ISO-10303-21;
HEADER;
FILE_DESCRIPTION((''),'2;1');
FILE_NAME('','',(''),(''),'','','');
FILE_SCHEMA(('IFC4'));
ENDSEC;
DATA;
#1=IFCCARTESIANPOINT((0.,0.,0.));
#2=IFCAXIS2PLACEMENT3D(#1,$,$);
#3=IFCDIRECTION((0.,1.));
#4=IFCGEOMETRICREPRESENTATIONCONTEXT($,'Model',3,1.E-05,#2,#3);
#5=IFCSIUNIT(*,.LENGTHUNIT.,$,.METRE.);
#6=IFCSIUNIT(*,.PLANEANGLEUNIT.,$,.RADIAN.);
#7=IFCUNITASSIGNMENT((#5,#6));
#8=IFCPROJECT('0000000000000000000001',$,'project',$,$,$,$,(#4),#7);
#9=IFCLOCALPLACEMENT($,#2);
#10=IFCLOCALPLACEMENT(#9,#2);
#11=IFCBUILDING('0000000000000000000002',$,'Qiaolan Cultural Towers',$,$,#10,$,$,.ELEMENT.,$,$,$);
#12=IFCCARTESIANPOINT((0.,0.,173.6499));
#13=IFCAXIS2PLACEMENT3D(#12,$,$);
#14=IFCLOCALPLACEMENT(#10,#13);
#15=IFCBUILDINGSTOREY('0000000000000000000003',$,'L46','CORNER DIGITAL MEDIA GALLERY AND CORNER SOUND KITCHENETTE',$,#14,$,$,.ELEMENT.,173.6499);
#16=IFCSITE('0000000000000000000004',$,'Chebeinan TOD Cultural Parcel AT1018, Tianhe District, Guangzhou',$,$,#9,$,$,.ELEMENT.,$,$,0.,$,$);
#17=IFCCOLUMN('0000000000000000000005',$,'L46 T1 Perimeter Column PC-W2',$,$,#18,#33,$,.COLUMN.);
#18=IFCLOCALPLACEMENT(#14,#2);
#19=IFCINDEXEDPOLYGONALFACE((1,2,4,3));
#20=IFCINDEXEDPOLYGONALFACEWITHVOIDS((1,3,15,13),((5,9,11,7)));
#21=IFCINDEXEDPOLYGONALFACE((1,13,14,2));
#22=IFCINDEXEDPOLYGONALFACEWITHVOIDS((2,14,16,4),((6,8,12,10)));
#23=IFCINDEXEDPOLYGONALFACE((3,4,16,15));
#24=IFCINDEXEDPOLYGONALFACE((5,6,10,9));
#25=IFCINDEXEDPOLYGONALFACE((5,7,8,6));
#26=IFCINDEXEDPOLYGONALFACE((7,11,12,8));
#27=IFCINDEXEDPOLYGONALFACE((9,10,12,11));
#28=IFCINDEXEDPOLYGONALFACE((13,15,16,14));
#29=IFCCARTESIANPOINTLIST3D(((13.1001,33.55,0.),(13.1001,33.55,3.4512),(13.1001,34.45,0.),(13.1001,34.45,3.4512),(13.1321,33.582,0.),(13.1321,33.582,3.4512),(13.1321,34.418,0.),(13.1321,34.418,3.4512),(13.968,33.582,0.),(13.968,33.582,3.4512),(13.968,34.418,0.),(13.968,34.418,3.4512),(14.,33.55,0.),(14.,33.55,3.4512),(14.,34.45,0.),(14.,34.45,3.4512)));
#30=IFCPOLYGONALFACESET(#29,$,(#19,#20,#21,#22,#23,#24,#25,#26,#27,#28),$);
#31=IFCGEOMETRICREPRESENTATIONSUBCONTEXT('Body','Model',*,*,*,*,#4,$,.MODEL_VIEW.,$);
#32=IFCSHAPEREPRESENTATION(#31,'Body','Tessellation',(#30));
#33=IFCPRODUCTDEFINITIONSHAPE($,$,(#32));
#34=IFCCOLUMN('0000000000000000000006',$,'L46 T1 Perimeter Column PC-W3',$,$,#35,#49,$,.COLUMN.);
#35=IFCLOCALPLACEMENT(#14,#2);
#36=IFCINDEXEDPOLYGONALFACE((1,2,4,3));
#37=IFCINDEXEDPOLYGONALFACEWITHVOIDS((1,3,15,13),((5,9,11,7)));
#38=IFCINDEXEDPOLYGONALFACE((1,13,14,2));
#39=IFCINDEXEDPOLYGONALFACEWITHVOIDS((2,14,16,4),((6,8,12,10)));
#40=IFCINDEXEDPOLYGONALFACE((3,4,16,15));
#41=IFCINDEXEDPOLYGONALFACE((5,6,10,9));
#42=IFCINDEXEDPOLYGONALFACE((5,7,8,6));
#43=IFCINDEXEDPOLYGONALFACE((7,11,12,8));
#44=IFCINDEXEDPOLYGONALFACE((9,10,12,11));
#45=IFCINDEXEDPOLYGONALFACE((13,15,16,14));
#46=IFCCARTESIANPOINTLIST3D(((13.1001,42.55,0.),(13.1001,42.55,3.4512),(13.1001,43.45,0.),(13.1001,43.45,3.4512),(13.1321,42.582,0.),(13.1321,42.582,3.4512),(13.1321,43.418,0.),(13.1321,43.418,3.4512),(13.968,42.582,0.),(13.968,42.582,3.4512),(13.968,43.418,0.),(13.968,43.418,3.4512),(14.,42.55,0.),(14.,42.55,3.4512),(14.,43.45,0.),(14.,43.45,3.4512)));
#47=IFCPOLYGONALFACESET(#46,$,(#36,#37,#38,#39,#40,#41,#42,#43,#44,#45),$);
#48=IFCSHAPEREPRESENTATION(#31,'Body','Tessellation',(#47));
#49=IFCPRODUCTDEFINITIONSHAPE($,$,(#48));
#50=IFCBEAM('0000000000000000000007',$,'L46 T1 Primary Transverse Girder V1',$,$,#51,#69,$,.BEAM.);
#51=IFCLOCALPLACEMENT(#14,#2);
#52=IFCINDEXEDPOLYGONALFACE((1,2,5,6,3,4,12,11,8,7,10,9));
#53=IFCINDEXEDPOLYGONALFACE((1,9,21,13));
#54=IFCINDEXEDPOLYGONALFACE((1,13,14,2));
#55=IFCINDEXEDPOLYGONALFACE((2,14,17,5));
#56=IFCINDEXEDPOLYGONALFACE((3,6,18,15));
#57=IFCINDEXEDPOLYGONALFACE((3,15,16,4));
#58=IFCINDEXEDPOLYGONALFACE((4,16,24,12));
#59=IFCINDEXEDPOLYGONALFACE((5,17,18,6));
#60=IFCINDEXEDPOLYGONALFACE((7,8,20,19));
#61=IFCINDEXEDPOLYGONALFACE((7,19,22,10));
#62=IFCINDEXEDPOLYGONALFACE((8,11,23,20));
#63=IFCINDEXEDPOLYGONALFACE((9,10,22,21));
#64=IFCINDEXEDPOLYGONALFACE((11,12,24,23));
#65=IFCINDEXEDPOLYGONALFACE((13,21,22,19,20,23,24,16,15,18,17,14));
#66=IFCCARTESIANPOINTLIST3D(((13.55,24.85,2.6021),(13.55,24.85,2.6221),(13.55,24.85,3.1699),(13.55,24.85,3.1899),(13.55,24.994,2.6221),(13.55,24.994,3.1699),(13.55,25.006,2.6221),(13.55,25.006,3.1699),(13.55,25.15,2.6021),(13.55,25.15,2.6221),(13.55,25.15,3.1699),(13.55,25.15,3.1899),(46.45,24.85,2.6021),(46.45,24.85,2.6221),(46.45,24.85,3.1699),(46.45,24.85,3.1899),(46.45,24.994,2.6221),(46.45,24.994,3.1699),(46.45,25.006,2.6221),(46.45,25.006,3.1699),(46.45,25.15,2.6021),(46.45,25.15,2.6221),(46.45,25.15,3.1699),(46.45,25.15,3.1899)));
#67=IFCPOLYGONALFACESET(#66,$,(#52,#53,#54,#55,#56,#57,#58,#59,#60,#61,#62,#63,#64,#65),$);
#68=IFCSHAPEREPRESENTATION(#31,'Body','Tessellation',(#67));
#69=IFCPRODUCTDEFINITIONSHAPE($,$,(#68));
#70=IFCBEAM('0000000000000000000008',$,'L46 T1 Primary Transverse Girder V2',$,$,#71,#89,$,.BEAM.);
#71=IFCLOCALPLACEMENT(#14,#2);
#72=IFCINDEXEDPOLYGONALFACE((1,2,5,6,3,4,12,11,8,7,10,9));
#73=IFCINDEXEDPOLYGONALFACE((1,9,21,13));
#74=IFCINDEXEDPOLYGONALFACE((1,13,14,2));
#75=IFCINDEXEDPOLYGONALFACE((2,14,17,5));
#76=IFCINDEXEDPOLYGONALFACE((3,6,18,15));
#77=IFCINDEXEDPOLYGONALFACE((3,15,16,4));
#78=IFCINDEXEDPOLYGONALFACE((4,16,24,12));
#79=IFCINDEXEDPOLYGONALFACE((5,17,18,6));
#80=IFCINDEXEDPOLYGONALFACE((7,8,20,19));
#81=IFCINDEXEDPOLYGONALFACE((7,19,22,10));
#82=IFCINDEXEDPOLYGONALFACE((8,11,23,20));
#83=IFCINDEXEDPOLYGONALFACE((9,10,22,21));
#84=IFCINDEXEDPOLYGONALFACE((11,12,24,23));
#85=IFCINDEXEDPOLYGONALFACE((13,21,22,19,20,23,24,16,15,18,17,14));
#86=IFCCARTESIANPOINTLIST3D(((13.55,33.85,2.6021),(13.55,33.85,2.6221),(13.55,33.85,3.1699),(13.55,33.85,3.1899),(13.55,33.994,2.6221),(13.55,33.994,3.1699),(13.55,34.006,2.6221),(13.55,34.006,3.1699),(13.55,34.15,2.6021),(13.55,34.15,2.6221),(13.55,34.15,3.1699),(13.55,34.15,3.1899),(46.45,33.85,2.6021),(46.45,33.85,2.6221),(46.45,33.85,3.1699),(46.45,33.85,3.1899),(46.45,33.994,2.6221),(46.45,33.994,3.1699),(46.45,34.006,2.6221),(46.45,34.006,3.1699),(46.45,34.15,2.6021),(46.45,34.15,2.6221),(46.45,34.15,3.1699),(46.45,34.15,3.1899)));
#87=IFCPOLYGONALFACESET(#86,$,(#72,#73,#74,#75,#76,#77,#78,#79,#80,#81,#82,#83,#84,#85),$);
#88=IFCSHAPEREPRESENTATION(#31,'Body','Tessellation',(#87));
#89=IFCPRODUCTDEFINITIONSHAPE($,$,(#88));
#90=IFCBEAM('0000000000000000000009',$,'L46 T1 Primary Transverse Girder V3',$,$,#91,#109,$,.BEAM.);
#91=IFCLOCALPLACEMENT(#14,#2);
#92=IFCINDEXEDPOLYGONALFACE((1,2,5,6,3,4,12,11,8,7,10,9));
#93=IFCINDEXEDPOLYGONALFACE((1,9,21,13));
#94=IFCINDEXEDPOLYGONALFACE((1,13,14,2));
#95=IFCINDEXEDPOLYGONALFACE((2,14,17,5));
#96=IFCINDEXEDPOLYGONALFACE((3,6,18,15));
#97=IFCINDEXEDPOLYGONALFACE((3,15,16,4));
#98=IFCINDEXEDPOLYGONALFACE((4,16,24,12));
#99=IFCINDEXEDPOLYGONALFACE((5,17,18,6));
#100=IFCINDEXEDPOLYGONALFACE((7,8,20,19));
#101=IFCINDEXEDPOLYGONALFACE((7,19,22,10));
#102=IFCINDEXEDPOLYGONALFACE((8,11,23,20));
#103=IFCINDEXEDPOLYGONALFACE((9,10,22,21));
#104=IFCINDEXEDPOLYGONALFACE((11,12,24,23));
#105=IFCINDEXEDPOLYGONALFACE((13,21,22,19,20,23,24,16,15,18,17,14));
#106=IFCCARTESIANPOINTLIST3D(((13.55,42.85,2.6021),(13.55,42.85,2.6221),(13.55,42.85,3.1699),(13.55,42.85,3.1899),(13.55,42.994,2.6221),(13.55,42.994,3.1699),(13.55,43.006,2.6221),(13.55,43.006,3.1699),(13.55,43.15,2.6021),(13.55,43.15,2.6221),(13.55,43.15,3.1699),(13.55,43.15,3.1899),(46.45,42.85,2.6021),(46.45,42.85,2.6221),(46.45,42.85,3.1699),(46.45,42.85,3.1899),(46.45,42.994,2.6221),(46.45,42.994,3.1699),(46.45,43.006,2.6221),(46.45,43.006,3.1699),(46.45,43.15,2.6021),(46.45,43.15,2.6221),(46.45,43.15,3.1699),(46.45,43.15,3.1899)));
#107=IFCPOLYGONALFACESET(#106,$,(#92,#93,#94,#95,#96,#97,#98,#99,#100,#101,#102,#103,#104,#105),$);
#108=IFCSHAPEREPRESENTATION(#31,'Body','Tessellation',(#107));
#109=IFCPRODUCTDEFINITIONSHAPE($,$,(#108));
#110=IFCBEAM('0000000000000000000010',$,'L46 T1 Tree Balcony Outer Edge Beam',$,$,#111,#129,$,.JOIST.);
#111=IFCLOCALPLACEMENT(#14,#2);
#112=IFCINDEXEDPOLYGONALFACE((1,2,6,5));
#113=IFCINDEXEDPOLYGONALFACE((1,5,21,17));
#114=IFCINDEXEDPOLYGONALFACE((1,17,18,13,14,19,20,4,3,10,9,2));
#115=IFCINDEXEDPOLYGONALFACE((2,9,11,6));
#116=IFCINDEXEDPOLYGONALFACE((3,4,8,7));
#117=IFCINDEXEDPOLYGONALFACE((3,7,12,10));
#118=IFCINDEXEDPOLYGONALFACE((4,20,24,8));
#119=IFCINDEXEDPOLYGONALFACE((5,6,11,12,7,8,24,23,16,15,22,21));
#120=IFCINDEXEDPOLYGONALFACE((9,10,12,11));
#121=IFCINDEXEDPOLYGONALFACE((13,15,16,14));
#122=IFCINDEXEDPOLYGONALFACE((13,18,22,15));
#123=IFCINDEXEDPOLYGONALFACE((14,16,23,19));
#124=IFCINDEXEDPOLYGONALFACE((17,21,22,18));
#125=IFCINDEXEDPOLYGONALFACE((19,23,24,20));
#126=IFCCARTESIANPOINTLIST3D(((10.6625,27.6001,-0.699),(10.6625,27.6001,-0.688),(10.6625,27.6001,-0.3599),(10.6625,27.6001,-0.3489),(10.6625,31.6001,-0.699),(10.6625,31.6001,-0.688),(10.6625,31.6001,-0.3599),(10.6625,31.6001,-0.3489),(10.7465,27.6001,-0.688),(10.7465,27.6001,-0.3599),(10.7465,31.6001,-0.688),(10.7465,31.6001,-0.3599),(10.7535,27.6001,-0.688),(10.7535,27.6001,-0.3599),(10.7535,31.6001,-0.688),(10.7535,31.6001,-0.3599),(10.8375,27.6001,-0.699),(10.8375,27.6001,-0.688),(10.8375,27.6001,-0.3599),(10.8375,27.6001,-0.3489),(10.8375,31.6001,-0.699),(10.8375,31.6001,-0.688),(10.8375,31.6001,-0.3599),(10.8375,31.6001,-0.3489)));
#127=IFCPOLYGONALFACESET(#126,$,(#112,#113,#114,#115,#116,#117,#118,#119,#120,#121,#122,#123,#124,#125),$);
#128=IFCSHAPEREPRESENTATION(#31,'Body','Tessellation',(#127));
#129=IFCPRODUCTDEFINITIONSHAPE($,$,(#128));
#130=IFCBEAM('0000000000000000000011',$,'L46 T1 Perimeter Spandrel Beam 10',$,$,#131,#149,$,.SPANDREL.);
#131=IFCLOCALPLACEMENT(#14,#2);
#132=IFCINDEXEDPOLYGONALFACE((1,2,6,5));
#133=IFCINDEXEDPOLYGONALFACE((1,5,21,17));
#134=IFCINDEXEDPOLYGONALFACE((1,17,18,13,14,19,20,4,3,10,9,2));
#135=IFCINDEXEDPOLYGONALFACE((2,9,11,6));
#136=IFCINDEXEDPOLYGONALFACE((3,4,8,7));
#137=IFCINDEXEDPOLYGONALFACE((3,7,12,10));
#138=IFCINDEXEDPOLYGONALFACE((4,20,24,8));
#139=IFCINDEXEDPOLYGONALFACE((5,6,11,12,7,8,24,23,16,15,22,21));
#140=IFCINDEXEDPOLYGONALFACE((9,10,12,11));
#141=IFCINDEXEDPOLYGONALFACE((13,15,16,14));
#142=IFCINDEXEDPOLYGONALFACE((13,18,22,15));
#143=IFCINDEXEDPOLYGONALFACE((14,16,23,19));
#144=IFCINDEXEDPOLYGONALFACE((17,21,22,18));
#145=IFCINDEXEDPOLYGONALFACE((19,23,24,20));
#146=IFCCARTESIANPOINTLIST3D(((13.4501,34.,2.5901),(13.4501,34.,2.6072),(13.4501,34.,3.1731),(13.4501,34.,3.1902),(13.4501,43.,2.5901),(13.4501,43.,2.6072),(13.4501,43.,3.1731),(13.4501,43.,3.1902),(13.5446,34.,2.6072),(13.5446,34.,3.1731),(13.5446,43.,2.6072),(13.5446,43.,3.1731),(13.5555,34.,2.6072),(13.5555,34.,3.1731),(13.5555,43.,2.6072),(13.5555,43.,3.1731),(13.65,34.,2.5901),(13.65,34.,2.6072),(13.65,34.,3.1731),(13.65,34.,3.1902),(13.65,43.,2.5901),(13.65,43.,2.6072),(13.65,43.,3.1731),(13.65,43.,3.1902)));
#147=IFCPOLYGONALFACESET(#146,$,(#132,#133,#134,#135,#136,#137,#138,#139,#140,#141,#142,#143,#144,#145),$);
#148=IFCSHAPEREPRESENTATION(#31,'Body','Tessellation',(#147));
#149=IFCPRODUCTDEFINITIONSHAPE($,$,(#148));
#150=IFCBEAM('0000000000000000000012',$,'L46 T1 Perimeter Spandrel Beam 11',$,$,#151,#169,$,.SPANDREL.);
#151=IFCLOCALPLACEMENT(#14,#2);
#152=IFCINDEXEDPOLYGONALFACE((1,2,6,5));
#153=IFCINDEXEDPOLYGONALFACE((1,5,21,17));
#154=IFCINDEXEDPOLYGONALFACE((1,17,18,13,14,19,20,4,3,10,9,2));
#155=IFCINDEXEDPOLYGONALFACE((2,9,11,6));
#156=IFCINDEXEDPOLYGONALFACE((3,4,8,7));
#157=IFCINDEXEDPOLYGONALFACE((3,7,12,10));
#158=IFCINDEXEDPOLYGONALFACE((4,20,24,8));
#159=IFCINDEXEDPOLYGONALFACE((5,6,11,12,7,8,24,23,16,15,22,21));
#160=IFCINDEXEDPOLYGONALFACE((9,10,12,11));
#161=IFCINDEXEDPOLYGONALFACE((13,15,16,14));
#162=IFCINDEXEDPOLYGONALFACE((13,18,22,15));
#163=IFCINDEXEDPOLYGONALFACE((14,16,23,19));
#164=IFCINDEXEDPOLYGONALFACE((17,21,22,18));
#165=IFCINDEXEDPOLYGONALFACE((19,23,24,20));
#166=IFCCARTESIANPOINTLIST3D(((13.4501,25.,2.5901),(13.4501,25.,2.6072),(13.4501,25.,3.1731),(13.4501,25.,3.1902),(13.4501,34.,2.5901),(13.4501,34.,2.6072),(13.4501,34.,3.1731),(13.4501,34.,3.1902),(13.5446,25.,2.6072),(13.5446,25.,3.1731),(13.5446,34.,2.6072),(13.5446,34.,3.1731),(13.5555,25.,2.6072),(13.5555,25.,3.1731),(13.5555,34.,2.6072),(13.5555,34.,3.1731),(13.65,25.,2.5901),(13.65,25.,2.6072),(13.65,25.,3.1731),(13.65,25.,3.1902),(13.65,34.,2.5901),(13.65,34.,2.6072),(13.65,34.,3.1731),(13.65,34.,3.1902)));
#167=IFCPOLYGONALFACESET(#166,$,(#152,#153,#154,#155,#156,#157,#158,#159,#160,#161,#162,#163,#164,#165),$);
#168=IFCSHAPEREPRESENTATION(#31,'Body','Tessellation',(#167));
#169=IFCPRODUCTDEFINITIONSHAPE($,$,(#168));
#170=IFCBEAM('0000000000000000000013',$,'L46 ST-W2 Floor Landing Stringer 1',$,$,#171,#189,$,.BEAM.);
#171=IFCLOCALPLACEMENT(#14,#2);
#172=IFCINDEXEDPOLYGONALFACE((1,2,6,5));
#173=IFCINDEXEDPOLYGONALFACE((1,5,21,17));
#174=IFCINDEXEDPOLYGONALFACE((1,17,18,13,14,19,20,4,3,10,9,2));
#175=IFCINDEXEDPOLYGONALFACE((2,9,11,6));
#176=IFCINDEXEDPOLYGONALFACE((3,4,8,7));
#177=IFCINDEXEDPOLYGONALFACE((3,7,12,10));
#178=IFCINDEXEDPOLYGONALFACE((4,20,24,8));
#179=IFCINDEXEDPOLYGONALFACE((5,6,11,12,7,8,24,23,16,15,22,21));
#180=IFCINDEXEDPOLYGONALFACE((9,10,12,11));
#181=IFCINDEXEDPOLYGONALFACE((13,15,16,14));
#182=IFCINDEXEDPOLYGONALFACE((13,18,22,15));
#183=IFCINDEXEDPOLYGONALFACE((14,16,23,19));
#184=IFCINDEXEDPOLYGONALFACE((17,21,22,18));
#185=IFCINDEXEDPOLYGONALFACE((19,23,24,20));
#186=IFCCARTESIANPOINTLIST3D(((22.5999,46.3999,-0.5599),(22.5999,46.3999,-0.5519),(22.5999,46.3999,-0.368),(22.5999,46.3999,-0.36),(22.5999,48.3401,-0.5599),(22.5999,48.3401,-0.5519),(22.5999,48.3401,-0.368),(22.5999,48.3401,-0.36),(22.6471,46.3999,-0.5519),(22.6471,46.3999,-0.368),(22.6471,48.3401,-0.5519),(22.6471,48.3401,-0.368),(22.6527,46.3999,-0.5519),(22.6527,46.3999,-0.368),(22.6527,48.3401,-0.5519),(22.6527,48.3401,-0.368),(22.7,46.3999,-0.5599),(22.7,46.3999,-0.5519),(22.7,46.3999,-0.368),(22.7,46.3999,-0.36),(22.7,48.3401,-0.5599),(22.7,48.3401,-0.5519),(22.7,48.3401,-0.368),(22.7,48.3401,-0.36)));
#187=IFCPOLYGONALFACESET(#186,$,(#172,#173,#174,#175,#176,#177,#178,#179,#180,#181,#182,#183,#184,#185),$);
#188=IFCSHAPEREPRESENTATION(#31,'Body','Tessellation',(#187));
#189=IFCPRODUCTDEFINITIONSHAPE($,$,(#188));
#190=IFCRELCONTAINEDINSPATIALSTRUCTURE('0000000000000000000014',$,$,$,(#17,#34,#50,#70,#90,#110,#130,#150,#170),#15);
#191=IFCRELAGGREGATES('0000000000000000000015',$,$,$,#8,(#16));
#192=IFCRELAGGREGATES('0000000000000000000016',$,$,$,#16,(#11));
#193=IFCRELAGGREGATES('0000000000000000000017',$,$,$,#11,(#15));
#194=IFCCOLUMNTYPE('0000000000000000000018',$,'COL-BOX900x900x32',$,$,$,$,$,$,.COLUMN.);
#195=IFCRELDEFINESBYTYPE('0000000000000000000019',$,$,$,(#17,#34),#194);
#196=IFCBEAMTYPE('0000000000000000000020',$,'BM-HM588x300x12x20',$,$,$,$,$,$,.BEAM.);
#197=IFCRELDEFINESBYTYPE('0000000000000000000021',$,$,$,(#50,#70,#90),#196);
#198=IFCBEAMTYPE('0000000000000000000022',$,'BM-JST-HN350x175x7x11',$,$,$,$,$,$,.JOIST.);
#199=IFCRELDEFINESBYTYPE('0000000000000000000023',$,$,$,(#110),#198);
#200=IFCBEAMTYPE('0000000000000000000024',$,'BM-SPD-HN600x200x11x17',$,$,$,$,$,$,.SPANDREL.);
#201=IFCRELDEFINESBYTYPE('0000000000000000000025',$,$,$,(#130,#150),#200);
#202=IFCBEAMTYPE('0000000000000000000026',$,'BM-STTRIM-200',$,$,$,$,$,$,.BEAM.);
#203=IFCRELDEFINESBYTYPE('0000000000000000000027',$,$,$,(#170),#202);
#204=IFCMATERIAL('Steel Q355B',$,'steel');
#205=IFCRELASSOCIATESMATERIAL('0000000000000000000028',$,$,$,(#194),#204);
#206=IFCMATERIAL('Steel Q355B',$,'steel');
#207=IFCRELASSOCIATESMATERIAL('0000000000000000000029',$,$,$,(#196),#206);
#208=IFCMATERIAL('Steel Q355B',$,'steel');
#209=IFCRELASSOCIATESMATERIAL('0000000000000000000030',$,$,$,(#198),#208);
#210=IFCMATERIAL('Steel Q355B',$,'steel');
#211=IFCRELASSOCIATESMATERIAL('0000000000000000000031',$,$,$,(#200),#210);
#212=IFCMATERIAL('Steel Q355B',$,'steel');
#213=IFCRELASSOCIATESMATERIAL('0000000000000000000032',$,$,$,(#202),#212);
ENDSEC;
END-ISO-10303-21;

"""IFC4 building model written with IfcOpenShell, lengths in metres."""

from ifc_helpers import new_model, si_unit, direction, frame, origin, origin_2d, place, context, subcontext, project, spatial, hollow_rectangle, i_section, extrude, material, material_profile, profile_set, type_object, element, save


model = new_model("IFC4")

# Units and contexts
model_context = context("Model", 3, precision=1e-05, world=origin(), true_north=direction((0.0, 1.0)))
body_context = subcontext(model_context, "Body", "Model", "MODEL_VIEW")
ifc_project = project(units=[si_unit("LENGTHUNIT", "METRE"), si_unit("PLANEANGLEUNIT", "RADIAN")], contexts=[model_context])

# Site, building, storey
site_placement = place(None, origin())
site = spatial("IfcSite", under=ifc_project, at=site_placement, Name="Chebeinan TOD Cultural Parcel AT1018, Tianhe District, Guangzhou", CompositionType="ELEMENT", RefElevation=0.0)
building_placement = place(site_placement, origin())
building = spatial("IfcBuilding", under=site, at=building_placement, Name="Qiaolan Cultural Towers", CompositionType="ELEMENT")
storey_placement = place(building_placement, frame((0.0, 0.0, 173.6499)))
storey = spatial("IfcBuildingStorey", under=building, at=storey_placement, Name="L46", Description="CORNER DIGITAL MEDIA GALLERY AND CORNER SOUND KITCHENETTE", CompositionType="ELEMENT", Elevation=173.6499)

# Columns
ifc_material_1 = material(Name="Steel Q355B", Category="steel")
ifc_material_profile_1 = material_profile(ifc_material_1, hollow_rectangle(XDim=0.8999, YDim=0.8999, WallThickness=0.032, at=origin_2d()), Name="BOX900x900x32")
ifc_profile_set_1 = profile_set([ifc_material_profile_1], Name="Steel Q355B")
column_type = type_object("IfcColumnType", Name="COL-BOX900x900x32", PredefinedType="COLUMN", material=ifc_profile_set_1)
for number, where, z_axis, x_axis, name in (
    (1, (13.55, 34.0, 0.0), (0.0, 0.0, 1.0), (1.0, 0.0, 0.0), "L46 T1 Perimeter Column PC-W2"),
    (2, (13.55, 43.0, 0.0), (0.0, 0.0, 1.0), (1.0, 0.0, 0.0), "L46 T1 Perimeter Column PC-W3"),
):
    element("IfcColumn", number, at=place(storey_placement, frame(where, z_axis=z_axis, x_axis=x_axis)), inside=storey, type_object=column_type, Name=name, PredefinedType="COLUMN", context=body_context, shape_type="SweptSolid", body=[
        extrude(hollow_rectangle(XDim=0.8999, YDim=0.8999, WallThickness=0.032, at=origin_2d()), origin(), (0.0, 0.0, 1.0), 3.4512),
    ])

# Beams
ifc_material_2 = material(Name="Steel Q355B", Category="steel")
ifc_material_profile_2 = material_profile(ifc_material_2, i_section(OverallWidth=0.3, OverallDepth=0.5879, WebThickness=0.012, FlangeThickness=0.02, at=origin_2d()), Name="HM588x300x12x20")
ifc_profile_set_2 = profile_set([ifc_material_profile_2], Name="Steel Q355B")
beam_type_1 = type_object("IfcBeamType", Name="BM-HM588x300x12x20", PredefinedType="BEAM", material=ifc_profile_set_2)
for number, where, z_axis, x_axis, name in (
    (3, (13.55, 25.0, 2.896), (1.0, 0.0, 0.0), (0.0, 1.0, 0.0), "L46 T1 Primary Transverse Girder V1"),
    (4, (13.55, 34.0, 2.896), (1.0, 0.0, 0.0), (0.0, 1.0, 0.0), "L46 T1 Primary Transverse Girder V2"),
    (5, (13.55, 43.0, 2.896), (1.0, 0.0, 0.0), (0.0, 1.0, 0.0), "L46 T1 Primary Transverse Girder V3"),
):
    element("IfcBeam", number, at=place(storey_placement, frame(where, z_axis=z_axis, x_axis=x_axis)), inside=storey, type_object=beam_type_1, Name=name, PredefinedType="BEAM", context=body_context, shape_type="SweptSolid", body=[
        extrude(i_section(OverallWidth=0.3, OverallDepth=0.5879, WebThickness=0.012, FlangeThickness=0.02, at=origin_2d()), origin(), (0.0, 0.0, 1.0), 32.8999),
    ])
ifc_material_3 = material(Name="Steel Q355B", Category="steel")
ifc_material_profile_3 = material_profile(ifc_material_3, i_section(OverallWidth=0.175, OverallDepth=0.3501, WebThickness=0.0071, FlangeThickness=0.011, at=origin_2d()), Name="HN350x175x7x11")
ifc_profile_set_3 = profile_set([ifc_material_profile_3], Name="Steel Q355B")
beam_type_2 = type_object("IfcBeamType", Name="BM-JST-HN350x175x7x11", PredefinedType="JOIST", material=ifc_profile_set_3)
beam_1_placement = place(storey_placement, frame((10.75, 27.6001, -0.5239), z_axis=(0.0, 1.0, 0.0), x_axis=(-1.0, 0.0, 0.0)))
element("IfcBeam", 6, at=beam_1_placement, inside=storey, type_object=beam_type_2, Name="L46 T1 Tree Balcony Outer Edge Beam", PredefinedType="JOIST", context=body_context, shape_type="SweptSolid", body=[
    extrude(i_section(OverallWidth=0.175, OverallDepth=0.3501, WebThickness=0.0071, FlangeThickness=0.011, at=origin_2d()), origin(), (0.0, 0.0, 1.0), 4.0),
])
ifc_material_4 = material(Name="Steel Q355B", Category="steel")
ifc_material_profile_4 = material_profile(ifc_material_4, i_section(OverallWidth=0.2, OverallDepth=0.6001, WebThickness=0.011, FlangeThickness=0.0171, at=origin_2d()), Name="HN600x200x11x17")
ifc_profile_set_4 = profile_set([ifc_material_profile_4], Name="Steel Q355B")
beam_type_3 = type_object("IfcBeamType", Name="BM-SPD-HN600x200x11x17", PredefinedType="SPANDREL", material=ifc_profile_set_4)
for number, where, z_axis, x_axis, name in (
    (7, (13.55, 43.0, 2.8901), (0.0, -1.0, 0.0), (1.0, 0.0, 0.0), "L46 T1 Perimeter Spandrel Beam 10"),
    (8, (13.55, 34.0, 2.8901), (0.0, -1.0, 0.0), (1.0, 0.0, 0.0), "L46 T1 Perimeter Spandrel Beam 11"),
):
    element("IfcBeam", number, at=place(storey_placement, frame(where, z_axis=z_axis, x_axis=x_axis)), inside=storey, type_object=beam_type_3, Name=name, PredefinedType="SPANDREL", context=body_context, shape_type="SweptSolid", body=[
        extrude(i_section(OverallWidth=0.2, OverallDepth=0.6001, WebThickness=0.011, FlangeThickness=0.0171, at=origin_2d()), origin(), (0.0, 0.0, 1.0), 9.0),
    ])
ifc_material_5 = material(Name="Steel Q355B", Category="steel")
ifc_material_profile_5 = material_profile(ifc_material_5, i_section(OverallWidth=0.1001, OverallDepth=0.2, WebThickness=0.0056, FlangeThickness=0.0081, at=origin_2d()), Name="HN200x100x5.5x8")
ifc_profile_set_5 = profile_set([ifc_material_profile_5], Name="Steel Q355B")
beam_type_4 = type_object("IfcBeamType", Name="BM-STTRIM-200", PredefinedType="BEAM", material=ifc_profile_set_5)
beam_2_placement = place(storey_placement, frame((22.6499, 46.3999, -0.46), z_axis=(0.0, 1.0, 0.0), x_axis=(-1.0, 0.0, 0.0)))
element("IfcBeam", 9, at=beam_2_placement, inside=storey, type_object=beam_type_4, Name="L46 ST-W2 Floor Landing Stringer 1", PredefinedType="BEAM", context=body_context, shape_type="SweptSolid", body=[
    extrude(i_section(OverallWidth=0.1001, OverallDepth=0.2, WebThickness=0.0056, FlangeThickness=0.0081, at=origin_2d()), origin(), (0.0, 0.0, 1.0), 1.9402),
])

save(model, "model.ifc")
